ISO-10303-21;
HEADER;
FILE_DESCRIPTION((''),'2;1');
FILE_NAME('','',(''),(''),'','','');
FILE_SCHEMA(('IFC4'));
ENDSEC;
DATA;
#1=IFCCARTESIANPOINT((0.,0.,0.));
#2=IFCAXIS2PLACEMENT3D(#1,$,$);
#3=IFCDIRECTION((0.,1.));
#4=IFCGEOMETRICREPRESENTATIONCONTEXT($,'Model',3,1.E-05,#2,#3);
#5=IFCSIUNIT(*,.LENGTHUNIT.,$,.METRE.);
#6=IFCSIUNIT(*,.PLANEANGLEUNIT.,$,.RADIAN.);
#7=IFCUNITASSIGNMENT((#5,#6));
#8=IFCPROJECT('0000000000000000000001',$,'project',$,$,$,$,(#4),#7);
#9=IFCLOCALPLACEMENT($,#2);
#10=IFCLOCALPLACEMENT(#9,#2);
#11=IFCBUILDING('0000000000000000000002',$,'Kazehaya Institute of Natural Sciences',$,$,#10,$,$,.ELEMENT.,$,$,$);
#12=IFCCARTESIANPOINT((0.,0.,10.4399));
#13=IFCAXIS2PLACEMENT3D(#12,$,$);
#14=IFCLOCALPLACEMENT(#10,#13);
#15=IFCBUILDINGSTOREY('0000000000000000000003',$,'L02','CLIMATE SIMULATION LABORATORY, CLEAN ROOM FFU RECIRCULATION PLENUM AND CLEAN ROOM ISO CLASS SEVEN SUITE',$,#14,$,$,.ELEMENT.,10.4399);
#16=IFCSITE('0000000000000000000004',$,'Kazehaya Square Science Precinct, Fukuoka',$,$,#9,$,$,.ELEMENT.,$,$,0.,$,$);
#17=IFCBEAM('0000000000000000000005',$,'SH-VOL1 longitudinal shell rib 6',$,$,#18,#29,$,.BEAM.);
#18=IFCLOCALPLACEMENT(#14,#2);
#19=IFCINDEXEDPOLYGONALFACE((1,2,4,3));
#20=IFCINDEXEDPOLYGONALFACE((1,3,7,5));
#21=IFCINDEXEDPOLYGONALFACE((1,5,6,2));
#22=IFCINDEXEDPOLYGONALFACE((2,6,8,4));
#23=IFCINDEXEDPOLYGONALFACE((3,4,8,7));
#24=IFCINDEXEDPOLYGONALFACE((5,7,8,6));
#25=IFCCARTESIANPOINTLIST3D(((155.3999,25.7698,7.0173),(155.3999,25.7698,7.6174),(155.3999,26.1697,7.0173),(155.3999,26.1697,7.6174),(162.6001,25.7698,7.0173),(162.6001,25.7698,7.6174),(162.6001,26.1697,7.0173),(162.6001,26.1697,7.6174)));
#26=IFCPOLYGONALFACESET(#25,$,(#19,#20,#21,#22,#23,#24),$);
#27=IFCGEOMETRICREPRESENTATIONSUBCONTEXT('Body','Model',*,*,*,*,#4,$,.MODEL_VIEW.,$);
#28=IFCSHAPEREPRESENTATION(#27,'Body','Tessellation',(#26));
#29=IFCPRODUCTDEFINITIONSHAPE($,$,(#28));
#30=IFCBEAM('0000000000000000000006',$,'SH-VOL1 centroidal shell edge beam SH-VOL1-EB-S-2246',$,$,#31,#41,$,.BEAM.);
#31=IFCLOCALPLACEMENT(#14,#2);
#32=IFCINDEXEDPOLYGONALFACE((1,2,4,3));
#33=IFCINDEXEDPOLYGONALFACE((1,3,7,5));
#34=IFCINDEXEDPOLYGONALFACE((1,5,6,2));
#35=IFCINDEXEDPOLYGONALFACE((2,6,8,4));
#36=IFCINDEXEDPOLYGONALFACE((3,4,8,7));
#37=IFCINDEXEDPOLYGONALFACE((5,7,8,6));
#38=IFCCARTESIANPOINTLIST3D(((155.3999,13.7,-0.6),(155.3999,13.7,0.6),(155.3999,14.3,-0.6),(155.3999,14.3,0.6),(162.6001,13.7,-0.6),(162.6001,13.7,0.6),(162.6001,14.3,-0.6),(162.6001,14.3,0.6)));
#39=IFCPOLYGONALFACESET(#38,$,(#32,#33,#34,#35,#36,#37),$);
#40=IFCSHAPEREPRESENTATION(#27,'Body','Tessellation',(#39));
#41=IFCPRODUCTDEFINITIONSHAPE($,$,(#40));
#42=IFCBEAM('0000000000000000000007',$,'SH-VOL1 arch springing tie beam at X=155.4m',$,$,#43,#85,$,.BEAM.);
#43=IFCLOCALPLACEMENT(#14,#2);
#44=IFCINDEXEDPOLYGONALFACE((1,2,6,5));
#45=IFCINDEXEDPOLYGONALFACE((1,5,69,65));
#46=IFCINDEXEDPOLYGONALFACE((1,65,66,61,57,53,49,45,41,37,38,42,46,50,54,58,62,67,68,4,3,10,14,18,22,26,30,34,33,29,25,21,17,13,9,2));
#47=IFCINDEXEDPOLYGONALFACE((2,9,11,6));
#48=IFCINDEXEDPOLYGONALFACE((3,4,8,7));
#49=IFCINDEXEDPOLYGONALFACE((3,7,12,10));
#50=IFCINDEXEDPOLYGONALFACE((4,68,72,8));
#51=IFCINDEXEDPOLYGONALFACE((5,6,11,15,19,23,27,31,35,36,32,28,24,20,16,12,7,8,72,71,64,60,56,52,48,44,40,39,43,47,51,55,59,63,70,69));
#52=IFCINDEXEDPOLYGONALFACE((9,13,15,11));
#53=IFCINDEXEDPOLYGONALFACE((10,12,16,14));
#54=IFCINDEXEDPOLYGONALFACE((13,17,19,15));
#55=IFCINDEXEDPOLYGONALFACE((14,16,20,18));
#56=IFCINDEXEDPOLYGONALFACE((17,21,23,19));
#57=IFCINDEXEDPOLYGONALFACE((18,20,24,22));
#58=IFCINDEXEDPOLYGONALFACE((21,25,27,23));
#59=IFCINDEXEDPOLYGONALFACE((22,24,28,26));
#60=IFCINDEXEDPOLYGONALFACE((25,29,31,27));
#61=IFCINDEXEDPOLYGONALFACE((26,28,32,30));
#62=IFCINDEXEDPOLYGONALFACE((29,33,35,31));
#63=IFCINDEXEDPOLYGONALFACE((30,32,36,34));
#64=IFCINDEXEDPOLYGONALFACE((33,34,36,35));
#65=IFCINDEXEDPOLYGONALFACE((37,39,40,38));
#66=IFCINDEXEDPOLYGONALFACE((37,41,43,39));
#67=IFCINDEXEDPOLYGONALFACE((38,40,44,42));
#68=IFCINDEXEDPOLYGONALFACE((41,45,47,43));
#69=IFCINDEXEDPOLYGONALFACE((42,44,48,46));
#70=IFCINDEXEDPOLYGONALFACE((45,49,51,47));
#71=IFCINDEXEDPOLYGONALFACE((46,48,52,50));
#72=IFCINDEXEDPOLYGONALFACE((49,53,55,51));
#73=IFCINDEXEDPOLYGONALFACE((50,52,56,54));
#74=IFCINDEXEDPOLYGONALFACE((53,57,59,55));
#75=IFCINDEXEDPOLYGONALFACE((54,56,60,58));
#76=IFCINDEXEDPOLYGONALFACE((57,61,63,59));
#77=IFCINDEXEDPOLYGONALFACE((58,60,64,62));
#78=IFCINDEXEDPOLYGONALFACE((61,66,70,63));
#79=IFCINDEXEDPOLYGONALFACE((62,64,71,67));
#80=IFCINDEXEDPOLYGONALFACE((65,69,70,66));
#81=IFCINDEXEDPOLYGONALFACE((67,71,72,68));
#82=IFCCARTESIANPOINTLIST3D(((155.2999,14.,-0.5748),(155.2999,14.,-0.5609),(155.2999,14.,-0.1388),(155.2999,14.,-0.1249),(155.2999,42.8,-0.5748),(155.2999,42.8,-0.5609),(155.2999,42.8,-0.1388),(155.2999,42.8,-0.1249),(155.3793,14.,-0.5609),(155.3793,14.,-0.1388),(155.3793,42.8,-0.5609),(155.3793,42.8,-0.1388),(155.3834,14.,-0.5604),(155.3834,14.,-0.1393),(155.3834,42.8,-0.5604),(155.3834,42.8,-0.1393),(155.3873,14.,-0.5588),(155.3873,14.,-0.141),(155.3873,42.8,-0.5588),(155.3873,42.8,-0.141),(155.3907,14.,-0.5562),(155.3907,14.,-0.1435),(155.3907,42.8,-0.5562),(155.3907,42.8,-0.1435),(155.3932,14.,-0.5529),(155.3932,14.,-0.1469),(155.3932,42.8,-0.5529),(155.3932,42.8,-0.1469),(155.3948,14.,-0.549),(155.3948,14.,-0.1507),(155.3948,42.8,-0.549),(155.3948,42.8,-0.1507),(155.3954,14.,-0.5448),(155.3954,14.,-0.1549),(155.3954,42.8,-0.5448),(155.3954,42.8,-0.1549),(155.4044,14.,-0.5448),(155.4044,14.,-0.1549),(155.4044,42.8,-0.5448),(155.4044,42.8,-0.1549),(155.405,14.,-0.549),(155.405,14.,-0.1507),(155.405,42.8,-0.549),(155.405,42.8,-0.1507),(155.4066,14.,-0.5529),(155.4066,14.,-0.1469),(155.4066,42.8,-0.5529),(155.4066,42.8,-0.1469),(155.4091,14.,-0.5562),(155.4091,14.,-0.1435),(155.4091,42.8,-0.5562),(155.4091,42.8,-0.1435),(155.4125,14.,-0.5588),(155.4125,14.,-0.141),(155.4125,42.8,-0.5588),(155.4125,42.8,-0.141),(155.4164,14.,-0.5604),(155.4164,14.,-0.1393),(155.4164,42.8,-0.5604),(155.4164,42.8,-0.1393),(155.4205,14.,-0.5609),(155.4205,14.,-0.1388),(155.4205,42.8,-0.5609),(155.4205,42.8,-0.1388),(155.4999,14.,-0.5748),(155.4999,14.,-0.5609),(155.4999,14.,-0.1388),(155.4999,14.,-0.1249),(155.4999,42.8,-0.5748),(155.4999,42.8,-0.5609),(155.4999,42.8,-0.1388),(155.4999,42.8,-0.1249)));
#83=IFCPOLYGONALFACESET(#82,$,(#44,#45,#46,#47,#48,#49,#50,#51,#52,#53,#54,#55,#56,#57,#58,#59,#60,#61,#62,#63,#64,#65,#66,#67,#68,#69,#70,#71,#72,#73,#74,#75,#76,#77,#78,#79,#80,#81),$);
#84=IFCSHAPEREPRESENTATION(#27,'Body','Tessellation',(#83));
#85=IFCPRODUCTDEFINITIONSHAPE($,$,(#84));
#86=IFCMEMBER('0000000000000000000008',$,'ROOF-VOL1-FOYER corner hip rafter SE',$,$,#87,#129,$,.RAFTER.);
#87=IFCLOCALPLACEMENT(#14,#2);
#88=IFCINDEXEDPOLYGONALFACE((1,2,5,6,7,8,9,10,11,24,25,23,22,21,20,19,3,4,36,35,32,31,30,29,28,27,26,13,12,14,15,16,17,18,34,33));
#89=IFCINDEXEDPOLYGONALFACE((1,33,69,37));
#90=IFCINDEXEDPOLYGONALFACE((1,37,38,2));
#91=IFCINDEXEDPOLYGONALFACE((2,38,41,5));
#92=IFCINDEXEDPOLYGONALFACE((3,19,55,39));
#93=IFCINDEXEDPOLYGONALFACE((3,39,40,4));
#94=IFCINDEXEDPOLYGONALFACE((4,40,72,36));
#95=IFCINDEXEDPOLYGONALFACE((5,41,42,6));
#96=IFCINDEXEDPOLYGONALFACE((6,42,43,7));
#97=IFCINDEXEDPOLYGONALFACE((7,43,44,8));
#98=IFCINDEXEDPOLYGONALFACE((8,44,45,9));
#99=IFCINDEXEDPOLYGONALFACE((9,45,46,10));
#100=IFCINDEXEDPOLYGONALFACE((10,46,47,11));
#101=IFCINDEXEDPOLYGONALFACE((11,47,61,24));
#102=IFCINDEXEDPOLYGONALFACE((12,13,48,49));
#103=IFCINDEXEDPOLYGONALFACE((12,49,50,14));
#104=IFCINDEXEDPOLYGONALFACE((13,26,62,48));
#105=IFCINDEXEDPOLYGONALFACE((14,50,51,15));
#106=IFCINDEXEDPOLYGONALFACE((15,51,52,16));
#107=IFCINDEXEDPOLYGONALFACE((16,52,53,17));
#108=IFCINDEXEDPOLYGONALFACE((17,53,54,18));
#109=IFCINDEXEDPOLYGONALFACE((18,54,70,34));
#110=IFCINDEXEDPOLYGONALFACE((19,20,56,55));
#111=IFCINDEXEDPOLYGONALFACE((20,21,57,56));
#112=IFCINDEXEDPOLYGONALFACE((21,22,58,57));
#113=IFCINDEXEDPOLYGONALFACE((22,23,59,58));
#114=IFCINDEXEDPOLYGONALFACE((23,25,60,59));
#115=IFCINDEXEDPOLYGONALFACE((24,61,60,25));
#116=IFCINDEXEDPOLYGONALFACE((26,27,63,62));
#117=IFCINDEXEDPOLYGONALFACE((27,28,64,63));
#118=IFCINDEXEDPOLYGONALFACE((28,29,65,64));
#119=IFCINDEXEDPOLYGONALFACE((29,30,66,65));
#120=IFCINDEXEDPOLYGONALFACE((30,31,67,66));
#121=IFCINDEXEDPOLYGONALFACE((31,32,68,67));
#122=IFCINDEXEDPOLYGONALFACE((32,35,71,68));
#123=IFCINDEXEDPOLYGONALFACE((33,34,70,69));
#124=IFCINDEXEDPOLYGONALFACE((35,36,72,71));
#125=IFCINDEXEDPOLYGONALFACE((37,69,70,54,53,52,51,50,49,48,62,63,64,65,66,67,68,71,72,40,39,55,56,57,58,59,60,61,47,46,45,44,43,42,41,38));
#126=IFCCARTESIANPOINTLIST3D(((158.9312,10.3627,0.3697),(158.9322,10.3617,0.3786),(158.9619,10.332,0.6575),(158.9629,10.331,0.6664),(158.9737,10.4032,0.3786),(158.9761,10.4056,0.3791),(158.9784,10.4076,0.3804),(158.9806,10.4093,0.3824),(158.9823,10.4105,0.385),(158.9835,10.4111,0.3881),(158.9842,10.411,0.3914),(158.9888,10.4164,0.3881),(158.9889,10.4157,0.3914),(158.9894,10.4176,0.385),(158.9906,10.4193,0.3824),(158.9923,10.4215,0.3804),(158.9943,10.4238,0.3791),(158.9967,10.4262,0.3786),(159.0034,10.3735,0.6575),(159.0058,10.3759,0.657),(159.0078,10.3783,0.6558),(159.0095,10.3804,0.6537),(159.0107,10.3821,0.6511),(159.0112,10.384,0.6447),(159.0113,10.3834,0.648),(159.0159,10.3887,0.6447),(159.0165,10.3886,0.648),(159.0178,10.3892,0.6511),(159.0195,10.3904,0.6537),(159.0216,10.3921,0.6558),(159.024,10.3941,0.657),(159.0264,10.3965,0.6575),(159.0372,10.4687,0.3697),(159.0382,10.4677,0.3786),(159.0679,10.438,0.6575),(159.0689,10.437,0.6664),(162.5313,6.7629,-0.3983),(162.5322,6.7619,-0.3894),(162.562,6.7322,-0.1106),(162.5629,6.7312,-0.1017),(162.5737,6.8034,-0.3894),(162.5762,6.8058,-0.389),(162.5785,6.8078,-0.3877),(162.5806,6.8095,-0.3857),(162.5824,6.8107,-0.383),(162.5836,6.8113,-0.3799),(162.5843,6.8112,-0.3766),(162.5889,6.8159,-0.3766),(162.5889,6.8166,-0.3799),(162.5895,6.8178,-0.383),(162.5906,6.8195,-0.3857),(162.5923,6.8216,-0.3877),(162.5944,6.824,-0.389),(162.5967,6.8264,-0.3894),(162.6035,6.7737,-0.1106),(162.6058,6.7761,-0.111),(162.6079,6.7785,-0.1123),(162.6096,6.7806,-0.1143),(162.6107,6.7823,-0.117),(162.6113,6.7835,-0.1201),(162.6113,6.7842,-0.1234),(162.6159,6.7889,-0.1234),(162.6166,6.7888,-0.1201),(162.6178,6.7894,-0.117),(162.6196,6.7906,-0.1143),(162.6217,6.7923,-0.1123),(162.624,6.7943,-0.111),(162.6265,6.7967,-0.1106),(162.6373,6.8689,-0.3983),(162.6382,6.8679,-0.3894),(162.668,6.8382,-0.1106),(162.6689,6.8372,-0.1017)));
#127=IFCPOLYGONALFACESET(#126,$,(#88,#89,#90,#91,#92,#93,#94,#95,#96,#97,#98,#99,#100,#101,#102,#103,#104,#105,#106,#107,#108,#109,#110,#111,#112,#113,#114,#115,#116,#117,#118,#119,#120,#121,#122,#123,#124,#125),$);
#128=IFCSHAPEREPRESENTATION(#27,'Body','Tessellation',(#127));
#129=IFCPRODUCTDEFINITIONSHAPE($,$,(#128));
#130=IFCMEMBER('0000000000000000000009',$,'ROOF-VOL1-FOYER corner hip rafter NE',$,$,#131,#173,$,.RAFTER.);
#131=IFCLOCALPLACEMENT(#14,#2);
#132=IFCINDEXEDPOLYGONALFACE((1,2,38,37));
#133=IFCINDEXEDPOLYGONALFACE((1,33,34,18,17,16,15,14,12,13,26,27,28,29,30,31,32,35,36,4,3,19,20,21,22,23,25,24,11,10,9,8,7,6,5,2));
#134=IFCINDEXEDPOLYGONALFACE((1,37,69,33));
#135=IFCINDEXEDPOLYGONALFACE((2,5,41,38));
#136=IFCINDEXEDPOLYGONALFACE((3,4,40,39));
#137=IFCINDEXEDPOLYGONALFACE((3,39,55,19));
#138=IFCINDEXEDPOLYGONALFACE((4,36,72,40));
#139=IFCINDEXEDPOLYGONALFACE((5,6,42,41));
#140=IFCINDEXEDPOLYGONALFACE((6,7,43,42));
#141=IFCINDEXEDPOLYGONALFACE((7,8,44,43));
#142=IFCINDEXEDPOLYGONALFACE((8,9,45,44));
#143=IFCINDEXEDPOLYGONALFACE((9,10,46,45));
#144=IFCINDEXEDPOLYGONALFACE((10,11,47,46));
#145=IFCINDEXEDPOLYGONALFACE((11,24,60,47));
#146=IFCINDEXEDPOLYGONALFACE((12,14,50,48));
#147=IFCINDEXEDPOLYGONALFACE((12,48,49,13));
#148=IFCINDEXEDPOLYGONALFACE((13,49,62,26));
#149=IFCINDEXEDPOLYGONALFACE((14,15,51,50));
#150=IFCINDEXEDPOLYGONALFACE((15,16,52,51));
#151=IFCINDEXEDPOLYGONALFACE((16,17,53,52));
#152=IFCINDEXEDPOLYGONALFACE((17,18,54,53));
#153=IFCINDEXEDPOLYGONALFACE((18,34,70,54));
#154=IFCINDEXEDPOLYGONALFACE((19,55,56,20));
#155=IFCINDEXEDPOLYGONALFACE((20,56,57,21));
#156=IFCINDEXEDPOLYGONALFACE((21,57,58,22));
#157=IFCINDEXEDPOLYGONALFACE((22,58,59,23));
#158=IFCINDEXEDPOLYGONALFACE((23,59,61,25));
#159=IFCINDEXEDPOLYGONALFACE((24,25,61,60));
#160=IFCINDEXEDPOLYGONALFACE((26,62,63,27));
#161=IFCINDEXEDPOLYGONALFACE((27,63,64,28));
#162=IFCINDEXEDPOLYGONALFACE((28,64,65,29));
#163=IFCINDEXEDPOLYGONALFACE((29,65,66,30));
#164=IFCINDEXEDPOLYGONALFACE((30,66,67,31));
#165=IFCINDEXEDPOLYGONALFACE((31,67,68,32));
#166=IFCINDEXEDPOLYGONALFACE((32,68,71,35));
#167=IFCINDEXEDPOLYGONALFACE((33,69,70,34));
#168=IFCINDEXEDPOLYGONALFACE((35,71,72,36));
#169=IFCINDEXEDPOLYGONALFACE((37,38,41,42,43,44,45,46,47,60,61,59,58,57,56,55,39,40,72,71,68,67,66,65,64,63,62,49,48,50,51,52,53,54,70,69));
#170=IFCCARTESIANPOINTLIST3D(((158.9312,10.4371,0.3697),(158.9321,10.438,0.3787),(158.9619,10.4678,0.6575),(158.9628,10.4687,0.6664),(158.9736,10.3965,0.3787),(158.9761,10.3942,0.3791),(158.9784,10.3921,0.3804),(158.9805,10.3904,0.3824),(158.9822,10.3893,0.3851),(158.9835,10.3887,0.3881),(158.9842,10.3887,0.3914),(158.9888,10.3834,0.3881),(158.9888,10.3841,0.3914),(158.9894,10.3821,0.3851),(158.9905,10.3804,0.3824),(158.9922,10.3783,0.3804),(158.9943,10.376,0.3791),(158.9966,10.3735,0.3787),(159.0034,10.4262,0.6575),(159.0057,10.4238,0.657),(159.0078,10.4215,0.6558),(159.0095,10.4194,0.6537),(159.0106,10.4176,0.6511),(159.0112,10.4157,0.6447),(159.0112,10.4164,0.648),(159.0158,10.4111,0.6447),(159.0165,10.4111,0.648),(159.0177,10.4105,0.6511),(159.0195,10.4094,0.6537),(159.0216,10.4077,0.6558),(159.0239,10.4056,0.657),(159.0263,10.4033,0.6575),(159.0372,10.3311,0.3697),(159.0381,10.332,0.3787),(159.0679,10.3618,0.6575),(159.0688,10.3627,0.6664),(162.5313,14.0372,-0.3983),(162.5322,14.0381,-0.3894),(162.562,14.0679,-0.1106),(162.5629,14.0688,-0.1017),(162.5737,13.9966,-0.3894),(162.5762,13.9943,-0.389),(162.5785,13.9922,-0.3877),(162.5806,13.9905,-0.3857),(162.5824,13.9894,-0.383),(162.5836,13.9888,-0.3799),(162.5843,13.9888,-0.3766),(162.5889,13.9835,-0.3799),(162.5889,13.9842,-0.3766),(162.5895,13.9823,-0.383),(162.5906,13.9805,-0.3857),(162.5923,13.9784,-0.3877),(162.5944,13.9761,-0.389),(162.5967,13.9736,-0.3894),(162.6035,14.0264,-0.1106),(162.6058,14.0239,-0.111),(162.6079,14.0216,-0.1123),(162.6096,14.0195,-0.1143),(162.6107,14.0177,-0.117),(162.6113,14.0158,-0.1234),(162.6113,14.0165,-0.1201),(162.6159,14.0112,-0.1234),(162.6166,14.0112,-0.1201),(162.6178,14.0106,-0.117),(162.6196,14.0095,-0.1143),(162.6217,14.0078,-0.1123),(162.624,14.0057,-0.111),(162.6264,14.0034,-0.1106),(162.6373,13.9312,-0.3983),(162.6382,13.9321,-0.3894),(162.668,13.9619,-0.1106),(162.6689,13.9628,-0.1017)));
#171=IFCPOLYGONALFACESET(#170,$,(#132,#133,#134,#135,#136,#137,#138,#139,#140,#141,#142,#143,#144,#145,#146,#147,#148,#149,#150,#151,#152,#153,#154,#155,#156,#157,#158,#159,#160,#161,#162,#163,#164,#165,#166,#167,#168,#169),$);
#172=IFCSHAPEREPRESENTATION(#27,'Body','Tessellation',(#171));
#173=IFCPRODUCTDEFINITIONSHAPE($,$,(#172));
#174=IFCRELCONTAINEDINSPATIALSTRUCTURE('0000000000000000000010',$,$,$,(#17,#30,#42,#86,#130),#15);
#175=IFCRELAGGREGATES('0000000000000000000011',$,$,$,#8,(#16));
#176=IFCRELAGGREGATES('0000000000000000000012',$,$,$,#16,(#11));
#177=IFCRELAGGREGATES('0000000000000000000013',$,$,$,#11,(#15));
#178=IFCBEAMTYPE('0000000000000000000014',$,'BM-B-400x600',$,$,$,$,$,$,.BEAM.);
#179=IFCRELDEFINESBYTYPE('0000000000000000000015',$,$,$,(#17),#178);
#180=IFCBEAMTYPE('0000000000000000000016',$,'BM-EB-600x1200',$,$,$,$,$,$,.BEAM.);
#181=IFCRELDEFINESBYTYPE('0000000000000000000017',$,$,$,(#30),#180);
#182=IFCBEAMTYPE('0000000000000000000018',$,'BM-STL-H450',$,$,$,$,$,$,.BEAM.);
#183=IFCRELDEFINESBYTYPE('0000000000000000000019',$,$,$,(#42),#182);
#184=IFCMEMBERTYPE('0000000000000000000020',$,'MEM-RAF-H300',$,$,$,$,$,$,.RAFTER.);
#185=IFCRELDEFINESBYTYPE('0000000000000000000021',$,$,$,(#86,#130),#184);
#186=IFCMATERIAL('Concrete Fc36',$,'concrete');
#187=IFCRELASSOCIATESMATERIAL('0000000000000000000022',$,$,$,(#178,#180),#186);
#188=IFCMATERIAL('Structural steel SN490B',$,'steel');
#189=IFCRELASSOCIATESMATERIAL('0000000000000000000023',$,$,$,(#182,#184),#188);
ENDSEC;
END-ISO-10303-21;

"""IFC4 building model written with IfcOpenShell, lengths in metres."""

from ifc_helpers import new_model, si_unit, direction, frame, origin, origin_2d, place, context, subcontext, project, spatial, rectangle, i_section, extrude, material, material_profile, profile_set, type_object, element, save


model = new_model("IFC4")

# Units and contexts
model_context = context("Model", 3, precision=1e-05, world=origin(), true_north=direction((0.0, 1.0)))
body_context = subcontext(model_context, "Body", "Model", "MODEL_VIEW")
ifc_project = project(units=[si_unit("LENGTHUNIT", "METRE"), si_unit("PLANEANGLEUNIT", "RADIAN")], contexts=[model_context])

# Site, building, storey
site_placement = place(None, origin())
site = spatial("IfcSite", under=ifc_project, at=site_placement, Name="Kazehaya Square Science Precinct, Fukuoka", CompositionType="ELEMENT", RefElevation=0.0)
building_placement = place(site_placement, origin())
building = spatial("IfcBuilding", under=site, at=building_placement, Name="Kazehaya Institute of Natural Sciences", CompositionType="ELEMENT")
storey_placement = place(building_placement, frame((0.0, 0.0, 10.4399)))
storey = spatial("IfcBuildingStorey", under=building, at=storey_placement, Name="L02", Description="CLIMATE SIMULATION LABORATORY, CLEAN ROOM FFU RECIRCULATION PLENUM AND CLEAN ROOM ISO CLASS SEVEN SUITE", CompositionType="ELEMENT", Elevation=10.4399)

# Beams
ifc_material_1 = material(Name="Concrete Fc36", Category="concrete")
ifc_material_profile_1 = material_profile(ifc_material_1, rectangle(XDim=0.3999, YDim=0.6001, at=origin_2d()), Name="RC-400x600")
ifc_profile_set_1 = profile_set([ifc_material_profile_1], Name="Concrete Fc36")
beam_type_1 = type_object("IfcBeamType", Name="BM-B-400x600", PredefinedType="BEAM", material=ifc_profile_set_1)
for number, where, z_axis, x_axis, name in (
    (1, (155.3999, 25.9697, 7.3174), (1.0, 0.0, 0.0), (0.0, 1.0, 0.0), "SH-VOL1 longitudinal shell rib 6"),
):
    element("IfcBeam", number, at=place(storey_placement, frame(where, z_axis=z_axis, x_axis=x_axis)), inside=storey, type_object=beam_type_1, Name=name, PredefinedType="BEAM", context=body_context, shape_type="SweptSolid", body=[
        extrude(rectangle(XDim=0.3999, YDim=0.6001, at=origin_2d()), origin(), (0.0, 0.0, 1.0), 7.2002),
    ])
ifc_material_profile_2 = material_profile(ifc_material_1, rectangle(XDim=0.6001, YDim=1.2, at=origin_2d()), Name="RC-600x1200")
ifc_profile_set_2 = profile_set([ifc_material_profile_2], Name="Concrete Fc36")
beam_type_2 = type_object("IfcBeamType", Name="BM-EB-600x1200", PredefinedType="BEAM", material=ifc_profile_set_2)
beam_1_placement = place(storey_placement, frame((155.3999, 14.0, 0.0), z_axis=(1.0, 0.0, 0.0), x_axis=(0.0, 1.0, 0.0)))
element("IfcBeam", 2, at=beam_1_placement, inside=storey, type_object=beam_type_2, Name="SH-VOL1 centroidal shell edge beam SH-VOL1-EB-S-2246", PredefinedType="BEAM", context=body_context, shape_type="SweptSolid", body=[
    extrude(rectangle(XDim=0.6001, YDim=1.2, at=origin_2d()), origin(), (0.0, 0.0, 1.0), 7.2002),
])
ifc_material_2 = material(Name="Structural steel SN490B", Category="steel")
ifc_material_profile_3 = material_profile(ifc_material_2, i_section(OverallWidth=0.2, OverallDepth=0.45, WebThickness=0.009, FlangeThickness=0.0139, FilletRadius=0.0161, at=origin_2d()), Name="H-450x200x9x14")
ifc_profile_set_3 = profile_set([ifc_material_profile_3], Name="Structural steel SN490B")
beam_type_3 = type_object("IfcBeamType", Name="BM-STL-H450", PredefinedType="BEAM", material=ifc_profile_set_3)
beam_2_placement = place(storey_placement, frame((155.3999, 14.0, -0.3499), z_axis=(0.0, 1.0, 0.0), x_axis=(-1.0, 0.0, 0.0)))
element("IfcBeam", 3, at=beam_2_placement, inside=storey, type_object=beam_type_3, Name="SH-VOL1 arch springing tie beam at X=155.4m", PredefinedType="BEAM", context=body_context, shape_type="SweptSolid", body=[
    extrude(i_section(OverallWidth=0.2, OverallDepth=0.45, WebThickness=0.009, FlangeThickness=0.0139, FilletRadius=0.0161, at=origin_2d()), origin(), (0.0, 0.0, 1.0), 28.8),
])

# Members
ifc_material_profile_4 = material_profile(ifc_material_2, i_section(OverallWidth=0.1499, OverallDepth=0.3, WebThickness=0.0066, FlangeThickness=0.009, FilletRadius=0.0129, at=origin_2d()), Name="H-300x150x6.5x9")
ifc_profile_set_4 = profile_set([ifc_material_profile_4], Name="Structural steel SN490B")
member_type = type_object("IfcMemberType", Name="MEM-RAF-H300", PredefinedType="RAFTER", material=ifc_profile_set_4)
member_1_placement = place(storey_placement, frame((162.6001, 6.8, -0.25), z_axis=(-0.699218, 0.699171, 0.149175), x_axis=(-0.707083, -0.707131, 0.0)))
element("IfcMember", 4, at=member_1_placement, inside=storey, type_object=member_type, Name="ROOF-VOL1-FOYER corner hip rafter SE", PredefinedType="RAFTER", context=body_context, shape_type="SweptSolid", body=[
    extrude(i_section(OverallWidth=0.1499, OverallDepth=0.3, WebThickness=0.0066, FlangeThickness=0.009, FilletRadius=0.0129, at=origin_2d()), origin(), (0.0, 0.0, 1.0), 5.1487),
])
member_2_placement = place(storey_placement, frame((162.6001, 14.0, -0.25), z_axis=(-0.699195, -0.699195, 0.149171), x_axis=(0.707107, -0.707107, 0.0)))
element("IfcMember", 5, at=member_2_placement, inside=storey, type_object=member_type, Name="ROOF-VOL1-FOYER corner hip rafter NE", PredefinedType="RAFTER", context=body_context, shape_type="SweptSolid", body=[
    extrude(i_section(OverallWidth=0.1499, OverallDepth=0.3, WebThickness=0.0066, FlangeThickness=0.009, FilletRadius=0.0129, at=origin_2d()), origin(), (0.0, 0.0, 1.0), 5.1489),
])

save(model, "model.ifc")
